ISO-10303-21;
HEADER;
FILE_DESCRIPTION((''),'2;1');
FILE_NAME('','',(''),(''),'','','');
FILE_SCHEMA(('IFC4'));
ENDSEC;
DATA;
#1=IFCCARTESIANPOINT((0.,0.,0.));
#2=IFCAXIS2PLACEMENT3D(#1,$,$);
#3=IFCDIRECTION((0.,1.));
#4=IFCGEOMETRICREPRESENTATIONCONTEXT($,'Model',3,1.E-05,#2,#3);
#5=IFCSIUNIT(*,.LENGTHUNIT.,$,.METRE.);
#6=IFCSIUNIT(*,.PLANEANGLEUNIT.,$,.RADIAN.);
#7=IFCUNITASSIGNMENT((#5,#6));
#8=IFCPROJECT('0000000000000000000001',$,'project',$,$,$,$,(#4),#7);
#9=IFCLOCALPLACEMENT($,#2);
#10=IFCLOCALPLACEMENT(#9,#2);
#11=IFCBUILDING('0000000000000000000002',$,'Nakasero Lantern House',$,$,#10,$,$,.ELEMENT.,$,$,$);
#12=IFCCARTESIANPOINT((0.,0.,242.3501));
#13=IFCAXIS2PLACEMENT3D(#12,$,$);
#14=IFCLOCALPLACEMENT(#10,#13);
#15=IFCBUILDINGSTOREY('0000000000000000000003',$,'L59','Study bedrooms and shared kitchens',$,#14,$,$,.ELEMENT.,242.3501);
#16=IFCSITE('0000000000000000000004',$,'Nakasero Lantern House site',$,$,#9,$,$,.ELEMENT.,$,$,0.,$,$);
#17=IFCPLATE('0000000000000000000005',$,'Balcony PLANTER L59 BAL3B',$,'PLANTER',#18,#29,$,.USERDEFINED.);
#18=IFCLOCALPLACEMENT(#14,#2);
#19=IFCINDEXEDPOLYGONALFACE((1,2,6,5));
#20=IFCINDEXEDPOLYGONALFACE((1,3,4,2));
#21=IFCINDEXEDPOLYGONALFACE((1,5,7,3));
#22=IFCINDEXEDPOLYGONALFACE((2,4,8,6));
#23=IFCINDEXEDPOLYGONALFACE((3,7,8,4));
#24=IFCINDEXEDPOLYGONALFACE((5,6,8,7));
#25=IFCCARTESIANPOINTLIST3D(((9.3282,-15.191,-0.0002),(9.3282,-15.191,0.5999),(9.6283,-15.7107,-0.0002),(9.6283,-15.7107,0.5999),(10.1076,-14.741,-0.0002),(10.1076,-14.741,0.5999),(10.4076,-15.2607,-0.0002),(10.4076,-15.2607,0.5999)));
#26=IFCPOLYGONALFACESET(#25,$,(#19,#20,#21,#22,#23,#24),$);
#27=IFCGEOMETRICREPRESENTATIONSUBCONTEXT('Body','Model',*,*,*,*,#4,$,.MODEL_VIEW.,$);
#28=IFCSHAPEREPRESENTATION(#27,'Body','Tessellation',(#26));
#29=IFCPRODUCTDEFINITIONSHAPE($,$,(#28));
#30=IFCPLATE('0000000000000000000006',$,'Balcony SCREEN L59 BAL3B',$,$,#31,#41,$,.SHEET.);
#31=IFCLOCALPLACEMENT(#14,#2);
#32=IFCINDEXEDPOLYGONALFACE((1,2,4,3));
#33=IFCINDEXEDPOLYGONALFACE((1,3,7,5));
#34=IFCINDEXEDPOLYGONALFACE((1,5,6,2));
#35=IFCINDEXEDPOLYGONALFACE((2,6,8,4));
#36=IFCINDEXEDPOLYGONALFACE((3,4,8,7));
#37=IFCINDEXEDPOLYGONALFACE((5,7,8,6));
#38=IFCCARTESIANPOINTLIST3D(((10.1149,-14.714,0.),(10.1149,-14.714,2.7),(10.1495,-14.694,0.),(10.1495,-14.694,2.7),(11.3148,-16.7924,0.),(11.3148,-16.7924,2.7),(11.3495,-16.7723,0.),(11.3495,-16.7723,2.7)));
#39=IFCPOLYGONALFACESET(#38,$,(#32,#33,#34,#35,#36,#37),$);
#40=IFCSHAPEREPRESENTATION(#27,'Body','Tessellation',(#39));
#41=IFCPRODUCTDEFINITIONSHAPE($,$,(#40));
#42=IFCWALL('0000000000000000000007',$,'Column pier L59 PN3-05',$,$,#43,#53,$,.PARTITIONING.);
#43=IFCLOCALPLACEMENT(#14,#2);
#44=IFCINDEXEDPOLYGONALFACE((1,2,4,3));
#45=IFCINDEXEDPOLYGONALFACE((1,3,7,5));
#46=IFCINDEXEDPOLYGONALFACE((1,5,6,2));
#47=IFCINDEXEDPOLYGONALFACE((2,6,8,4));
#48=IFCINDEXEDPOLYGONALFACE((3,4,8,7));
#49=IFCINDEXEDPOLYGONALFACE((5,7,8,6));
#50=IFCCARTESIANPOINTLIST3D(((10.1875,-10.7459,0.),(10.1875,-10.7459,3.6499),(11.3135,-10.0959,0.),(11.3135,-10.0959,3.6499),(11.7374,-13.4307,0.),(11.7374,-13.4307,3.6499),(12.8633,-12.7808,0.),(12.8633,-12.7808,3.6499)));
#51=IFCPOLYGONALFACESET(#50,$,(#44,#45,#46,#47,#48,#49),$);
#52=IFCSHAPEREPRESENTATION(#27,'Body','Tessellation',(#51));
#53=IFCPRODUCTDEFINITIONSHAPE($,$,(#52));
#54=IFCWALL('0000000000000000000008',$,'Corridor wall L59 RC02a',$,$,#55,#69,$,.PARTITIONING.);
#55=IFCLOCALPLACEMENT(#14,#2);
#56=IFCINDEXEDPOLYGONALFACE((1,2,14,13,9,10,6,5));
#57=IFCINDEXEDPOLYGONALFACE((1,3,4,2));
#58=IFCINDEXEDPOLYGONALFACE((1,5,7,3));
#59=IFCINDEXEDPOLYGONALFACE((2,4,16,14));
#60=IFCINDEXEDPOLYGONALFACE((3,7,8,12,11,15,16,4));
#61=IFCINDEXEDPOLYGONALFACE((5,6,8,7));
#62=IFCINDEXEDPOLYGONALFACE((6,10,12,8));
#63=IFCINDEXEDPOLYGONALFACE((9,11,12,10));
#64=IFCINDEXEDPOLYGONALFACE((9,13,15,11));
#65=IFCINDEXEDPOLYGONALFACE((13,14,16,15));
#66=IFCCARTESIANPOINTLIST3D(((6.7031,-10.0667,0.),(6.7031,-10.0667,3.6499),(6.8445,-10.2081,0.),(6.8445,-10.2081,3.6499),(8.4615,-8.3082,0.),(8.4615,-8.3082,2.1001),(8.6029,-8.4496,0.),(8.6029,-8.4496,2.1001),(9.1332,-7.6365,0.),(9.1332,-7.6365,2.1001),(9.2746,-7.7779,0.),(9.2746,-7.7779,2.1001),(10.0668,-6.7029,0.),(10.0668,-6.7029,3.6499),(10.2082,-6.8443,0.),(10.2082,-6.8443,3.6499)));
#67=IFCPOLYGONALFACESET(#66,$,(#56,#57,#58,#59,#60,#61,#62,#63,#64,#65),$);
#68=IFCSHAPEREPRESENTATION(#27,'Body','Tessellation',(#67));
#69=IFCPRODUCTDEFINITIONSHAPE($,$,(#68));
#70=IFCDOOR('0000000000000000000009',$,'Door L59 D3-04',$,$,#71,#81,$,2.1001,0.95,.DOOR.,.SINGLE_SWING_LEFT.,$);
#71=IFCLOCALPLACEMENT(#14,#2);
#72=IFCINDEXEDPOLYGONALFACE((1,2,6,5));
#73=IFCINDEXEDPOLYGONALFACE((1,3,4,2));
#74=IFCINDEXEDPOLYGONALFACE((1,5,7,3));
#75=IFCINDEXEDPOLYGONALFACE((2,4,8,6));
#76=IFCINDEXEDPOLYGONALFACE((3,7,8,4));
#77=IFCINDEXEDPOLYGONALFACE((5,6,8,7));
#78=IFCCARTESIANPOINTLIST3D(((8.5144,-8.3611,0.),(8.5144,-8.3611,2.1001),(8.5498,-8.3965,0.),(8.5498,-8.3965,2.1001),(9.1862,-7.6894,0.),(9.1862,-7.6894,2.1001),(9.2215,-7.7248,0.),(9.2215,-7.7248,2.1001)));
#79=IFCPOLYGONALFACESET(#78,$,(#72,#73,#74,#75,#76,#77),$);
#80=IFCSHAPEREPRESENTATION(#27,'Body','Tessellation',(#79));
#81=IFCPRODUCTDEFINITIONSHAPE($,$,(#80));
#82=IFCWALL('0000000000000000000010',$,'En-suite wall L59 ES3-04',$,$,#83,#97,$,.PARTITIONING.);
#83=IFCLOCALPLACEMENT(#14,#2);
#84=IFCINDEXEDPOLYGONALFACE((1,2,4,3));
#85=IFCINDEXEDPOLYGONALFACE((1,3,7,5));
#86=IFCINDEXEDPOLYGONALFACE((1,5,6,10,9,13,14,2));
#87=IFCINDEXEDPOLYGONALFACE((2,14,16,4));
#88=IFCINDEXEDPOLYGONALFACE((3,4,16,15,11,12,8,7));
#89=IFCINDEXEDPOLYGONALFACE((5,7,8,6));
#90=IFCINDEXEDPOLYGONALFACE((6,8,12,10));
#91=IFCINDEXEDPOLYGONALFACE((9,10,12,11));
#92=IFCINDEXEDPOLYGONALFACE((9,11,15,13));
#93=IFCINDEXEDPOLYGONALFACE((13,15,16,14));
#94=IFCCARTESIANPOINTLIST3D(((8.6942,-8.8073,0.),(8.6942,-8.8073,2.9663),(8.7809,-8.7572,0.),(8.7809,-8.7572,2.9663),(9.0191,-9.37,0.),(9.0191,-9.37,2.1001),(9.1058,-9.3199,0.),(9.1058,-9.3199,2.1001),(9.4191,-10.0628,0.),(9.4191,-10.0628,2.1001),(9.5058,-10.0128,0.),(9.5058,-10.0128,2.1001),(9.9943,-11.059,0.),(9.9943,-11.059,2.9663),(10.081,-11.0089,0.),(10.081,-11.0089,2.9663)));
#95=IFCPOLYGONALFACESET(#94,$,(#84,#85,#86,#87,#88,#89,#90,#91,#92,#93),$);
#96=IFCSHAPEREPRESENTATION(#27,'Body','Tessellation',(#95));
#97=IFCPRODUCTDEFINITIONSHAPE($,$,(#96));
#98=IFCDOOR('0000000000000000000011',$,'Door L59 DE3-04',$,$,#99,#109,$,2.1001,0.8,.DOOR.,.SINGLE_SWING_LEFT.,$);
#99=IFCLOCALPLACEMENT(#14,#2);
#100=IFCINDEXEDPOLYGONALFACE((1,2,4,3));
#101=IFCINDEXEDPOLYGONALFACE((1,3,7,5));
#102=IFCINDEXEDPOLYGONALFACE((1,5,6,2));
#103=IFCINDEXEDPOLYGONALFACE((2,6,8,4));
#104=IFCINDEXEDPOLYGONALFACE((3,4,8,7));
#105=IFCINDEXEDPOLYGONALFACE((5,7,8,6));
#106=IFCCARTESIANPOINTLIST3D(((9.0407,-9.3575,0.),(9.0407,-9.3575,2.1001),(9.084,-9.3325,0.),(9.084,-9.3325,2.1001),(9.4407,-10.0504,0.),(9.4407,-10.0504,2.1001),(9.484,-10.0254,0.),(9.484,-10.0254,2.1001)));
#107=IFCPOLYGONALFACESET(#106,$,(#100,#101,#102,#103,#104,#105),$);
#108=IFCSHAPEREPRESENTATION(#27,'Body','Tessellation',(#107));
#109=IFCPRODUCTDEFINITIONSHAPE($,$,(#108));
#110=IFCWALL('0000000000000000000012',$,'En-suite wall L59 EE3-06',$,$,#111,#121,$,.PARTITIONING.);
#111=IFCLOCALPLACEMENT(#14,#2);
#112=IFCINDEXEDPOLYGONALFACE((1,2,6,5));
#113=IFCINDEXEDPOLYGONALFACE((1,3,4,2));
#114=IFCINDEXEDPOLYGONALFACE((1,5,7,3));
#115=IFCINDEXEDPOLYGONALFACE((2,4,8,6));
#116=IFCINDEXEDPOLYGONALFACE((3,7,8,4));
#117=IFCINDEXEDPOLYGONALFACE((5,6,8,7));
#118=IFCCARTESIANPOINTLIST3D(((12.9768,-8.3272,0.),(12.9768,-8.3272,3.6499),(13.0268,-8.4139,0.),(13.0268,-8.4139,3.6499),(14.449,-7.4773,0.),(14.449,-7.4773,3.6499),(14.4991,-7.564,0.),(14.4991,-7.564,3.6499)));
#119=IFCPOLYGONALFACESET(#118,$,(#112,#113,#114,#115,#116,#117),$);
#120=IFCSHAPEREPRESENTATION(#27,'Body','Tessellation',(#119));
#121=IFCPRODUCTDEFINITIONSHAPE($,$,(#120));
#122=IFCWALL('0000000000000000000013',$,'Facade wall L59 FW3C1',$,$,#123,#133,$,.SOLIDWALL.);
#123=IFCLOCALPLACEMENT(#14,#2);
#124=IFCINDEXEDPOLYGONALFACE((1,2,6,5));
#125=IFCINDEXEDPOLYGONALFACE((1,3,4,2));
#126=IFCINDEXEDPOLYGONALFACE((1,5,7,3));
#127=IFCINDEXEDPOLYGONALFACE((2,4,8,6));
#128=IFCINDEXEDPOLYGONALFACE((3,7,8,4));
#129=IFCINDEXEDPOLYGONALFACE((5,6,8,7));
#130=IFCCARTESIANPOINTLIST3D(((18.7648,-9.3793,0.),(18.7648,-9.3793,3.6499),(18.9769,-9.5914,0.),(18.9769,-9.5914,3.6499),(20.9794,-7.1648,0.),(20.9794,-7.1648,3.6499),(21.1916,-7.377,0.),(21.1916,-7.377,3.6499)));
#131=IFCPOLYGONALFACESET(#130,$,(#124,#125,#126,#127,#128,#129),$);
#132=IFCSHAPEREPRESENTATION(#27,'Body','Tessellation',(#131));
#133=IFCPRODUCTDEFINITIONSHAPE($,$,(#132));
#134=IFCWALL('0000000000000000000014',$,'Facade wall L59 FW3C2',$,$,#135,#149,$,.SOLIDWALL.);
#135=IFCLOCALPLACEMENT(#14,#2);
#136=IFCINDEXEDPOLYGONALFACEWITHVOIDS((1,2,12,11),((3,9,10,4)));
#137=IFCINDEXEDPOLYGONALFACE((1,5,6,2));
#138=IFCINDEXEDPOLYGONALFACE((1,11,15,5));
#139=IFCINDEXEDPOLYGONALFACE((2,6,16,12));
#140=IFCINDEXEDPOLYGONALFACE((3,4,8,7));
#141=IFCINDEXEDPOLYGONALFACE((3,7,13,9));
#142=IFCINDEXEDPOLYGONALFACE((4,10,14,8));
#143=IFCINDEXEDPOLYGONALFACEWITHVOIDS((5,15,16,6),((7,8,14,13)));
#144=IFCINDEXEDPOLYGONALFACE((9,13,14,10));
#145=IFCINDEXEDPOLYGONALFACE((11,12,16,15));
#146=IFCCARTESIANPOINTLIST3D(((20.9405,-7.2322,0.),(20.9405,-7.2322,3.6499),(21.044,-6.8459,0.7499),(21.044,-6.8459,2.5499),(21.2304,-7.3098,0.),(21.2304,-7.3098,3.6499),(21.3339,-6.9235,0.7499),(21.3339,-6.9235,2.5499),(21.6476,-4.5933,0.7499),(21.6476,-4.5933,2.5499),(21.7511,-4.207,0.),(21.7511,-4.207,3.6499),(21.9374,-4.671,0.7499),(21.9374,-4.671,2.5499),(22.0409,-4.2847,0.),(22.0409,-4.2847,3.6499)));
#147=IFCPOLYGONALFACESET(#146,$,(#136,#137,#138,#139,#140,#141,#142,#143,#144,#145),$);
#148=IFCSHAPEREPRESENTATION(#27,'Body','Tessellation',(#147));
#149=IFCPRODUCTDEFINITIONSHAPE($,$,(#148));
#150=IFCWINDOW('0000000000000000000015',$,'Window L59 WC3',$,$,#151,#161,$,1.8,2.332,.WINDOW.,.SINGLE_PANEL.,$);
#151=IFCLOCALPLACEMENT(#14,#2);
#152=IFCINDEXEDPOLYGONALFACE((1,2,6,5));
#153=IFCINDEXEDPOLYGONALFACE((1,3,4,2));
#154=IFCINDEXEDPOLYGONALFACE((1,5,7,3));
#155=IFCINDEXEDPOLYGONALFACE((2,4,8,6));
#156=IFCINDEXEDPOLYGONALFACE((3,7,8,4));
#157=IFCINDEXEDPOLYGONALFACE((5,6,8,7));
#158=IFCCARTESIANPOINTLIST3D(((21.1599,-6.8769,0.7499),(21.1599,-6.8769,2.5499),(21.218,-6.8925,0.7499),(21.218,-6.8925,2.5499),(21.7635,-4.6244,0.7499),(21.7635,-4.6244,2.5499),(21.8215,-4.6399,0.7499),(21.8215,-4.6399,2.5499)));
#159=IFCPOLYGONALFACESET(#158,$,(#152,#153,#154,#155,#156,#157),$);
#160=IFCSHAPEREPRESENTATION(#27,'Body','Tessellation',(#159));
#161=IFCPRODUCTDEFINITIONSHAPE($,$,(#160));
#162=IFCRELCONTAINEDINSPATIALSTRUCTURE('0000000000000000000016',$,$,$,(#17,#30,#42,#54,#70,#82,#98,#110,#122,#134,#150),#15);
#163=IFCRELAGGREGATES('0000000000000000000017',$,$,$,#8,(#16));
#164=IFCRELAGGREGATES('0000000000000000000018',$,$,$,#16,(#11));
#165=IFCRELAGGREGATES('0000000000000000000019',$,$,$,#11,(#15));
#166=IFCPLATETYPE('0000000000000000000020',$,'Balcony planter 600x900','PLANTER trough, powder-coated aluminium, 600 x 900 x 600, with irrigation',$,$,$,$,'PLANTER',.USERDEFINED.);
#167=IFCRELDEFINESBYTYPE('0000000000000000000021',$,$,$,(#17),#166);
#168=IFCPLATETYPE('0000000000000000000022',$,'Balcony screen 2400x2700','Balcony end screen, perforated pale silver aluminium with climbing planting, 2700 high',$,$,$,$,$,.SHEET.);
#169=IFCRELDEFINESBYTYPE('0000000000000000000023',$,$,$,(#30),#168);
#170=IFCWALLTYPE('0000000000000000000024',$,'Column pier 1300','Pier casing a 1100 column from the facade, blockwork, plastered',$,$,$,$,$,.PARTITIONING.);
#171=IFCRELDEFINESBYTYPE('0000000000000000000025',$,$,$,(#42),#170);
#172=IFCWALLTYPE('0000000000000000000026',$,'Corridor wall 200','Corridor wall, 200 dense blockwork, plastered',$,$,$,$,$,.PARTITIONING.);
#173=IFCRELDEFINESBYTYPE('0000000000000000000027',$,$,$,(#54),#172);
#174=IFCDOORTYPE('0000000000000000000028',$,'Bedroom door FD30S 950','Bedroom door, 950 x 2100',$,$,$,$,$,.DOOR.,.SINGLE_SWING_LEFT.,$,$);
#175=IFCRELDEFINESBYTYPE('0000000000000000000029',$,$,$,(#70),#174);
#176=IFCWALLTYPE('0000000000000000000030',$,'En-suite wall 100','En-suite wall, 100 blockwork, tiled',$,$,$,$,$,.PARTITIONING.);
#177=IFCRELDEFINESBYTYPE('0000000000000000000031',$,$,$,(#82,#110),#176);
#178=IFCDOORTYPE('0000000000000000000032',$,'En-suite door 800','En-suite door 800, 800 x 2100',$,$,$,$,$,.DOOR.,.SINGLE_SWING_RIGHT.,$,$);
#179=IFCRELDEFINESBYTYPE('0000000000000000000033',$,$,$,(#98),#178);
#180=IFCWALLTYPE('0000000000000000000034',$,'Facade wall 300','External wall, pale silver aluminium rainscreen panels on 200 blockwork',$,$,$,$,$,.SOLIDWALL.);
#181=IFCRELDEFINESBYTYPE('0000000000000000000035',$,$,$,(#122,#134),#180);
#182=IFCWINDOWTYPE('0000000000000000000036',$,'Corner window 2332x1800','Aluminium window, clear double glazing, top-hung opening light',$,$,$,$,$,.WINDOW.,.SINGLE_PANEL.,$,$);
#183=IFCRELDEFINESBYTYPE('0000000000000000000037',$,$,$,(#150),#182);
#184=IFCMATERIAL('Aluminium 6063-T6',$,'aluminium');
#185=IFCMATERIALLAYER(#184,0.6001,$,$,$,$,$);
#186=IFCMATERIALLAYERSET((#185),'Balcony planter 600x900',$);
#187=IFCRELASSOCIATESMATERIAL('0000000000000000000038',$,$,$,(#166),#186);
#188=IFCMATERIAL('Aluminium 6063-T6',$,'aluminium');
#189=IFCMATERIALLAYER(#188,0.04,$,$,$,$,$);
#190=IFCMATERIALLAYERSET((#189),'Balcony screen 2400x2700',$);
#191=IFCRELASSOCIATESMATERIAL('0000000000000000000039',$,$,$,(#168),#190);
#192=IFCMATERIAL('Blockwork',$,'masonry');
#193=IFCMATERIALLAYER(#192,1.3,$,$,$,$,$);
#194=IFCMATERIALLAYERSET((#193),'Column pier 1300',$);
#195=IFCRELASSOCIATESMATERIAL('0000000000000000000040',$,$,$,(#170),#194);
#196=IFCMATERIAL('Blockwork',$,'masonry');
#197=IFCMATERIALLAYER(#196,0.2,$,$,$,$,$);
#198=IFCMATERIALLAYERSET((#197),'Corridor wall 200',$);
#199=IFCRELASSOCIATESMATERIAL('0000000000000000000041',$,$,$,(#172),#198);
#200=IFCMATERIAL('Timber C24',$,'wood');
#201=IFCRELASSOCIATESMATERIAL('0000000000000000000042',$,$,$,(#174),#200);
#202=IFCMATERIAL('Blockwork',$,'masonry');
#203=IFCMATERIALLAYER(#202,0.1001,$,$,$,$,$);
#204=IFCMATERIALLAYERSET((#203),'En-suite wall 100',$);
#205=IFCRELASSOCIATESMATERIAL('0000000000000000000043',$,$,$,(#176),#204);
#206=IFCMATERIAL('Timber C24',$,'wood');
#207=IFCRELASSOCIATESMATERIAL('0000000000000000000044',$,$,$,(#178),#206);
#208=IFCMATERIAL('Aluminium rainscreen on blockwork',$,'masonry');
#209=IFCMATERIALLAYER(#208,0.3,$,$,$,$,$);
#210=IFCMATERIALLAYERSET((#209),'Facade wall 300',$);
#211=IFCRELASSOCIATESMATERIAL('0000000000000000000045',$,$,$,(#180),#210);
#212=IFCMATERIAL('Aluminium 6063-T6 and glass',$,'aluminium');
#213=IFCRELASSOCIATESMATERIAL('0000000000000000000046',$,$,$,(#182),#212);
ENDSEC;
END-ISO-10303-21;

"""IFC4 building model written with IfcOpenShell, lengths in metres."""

from ifc_helpers import new_model, si_unit, direction, frame, frame_2d, origin, origin_2d, place, context, subcontext, project, spatial, rectangle, extrude, material, layer, layer_set, type_object, element, fill, save


model = new_model("IFC4")

# Units and contexts
model_context = context("Model", 3, precision=1e-05, world=origin(), true_north=direction((0.0, 1.0)))
body_context = subcontext(model_context, "Body", "Model", "MODEL_VIEW")
ifc_project = project(units=[si_unit("LENGTHUNIT", "METRE"), si_unit("PLANEANGLEUNIT", "RADIAN")], contexts=[model_context])

# Site, building, storey
site_placement = place(None, origin())
site = spatial("IfcSite", under=ifc_project, at=site_placement, Name="Nakasero Lantern House site", CompositionType="ELEMENT", RefElevation=0.0)
building_placement = place(site_placement, origin())
building = spatial("IfcBuilding", under=site, at=building_placement, Name="Nakasero Lantern House", CompositionType="ELEMENT")
storey_placement = place(building_placement, frame((0.0, 0.0, 242.3501)))
storey = spatial("IfcBuildingStorey", under=building, at=storey_placement, Name="L59", Description="Study bedrooms and shared kitchens", CompositionType="ELEMENT", Elevation=242.3501)

# Plates
ifc_material_1 = material(Name="Aluminium 6063-T6", Category="aluminium")
ifc_layer_1 = layer(ifc_material_1, 0.6001)
ifc_layer_set_1 = layer_set([ifc_layer_1], Name="Balcony planter 600x900")
plate_type_1 = type_object("IfcPlateType", Name="Balcony planter 600x900", Description="PLANTER trough, powder-coated aluminium, 600 x 900 x 600, with irrigation", ElementType="PLANTER", PredefinedType="USERDEFINED", material=ifc_layer_set_1)
plate_1_placement = place(storey_placement, frame((9.8679, -15.2258, -0.0002), z_axis=(0.0, 0.0, 1.0), x_axis=(0.5, -0.866025, 0.0)))
element("IfcPlate", 1, at=plate_1_placement, inside=storey, type_object=plate_type_1, Name="Balcony PLANTER L59 BAL3B", ObjectType="PLANTER", PredefinedType="USERDEFINED", context=body_context, shape_type="SweptSolid", body=[
    extrude(rectangle(XDim=0.6001, YDim=0.8999, at=origin_2d()), origin(), (0.0, 0.0, 1.0), 0.6001),
])
ifc_material_2 = material(Name="Aluminium 6063-T6", Category="aluminium")
ifc_layer_2 = layer(ifc_material_2, 0.04)
ifc_layer_set_2 = layer_set([ifc_layer_2], Name="Balcony screen 2400x2700")
plate_type_2 = type_object("IfcPlateType", Name="Balcony screen 2400x2700", Description="Balcony end screen, perforated pale silver aluminium with climbing planting, 2700 high", PredefinedType="SHEET", material=ifc_layer_set_2)
plate_2_placement = place(storey_placement, frame((10.7322, -15.7432, 0.0), z_axis=(0.0, 0.0, 1.0), x_axis=(0.5, -0.866025, 0.0)))
element("IfcPlate", 2, at=plate_2_placement, inside=storey, type_object=plate_type_2, Name="Balcony SCREEN L59 BAL3B", PredefinedType="SHEET", context=body_context, shape_type="SweptSolid", body=[
    extrude(rectangle(XDim=2.3999, YDim=0.04, at=origin_2d()), origin(), (0.0, 0.0, 1.0), 2.7),
])

# Wall
ifc_material_3 = material(Name="Blockwork", Category="masonry")
ifc_layer_3 = layer(ifc_material_3, 1.3)
ifc_layer_set_3 = layer_set([ifc_layer_3], Name="Column pier 1300")
wall_type_1 = type_object("IfcWallType", Name="Column pier 1300", Description="Pier casing a 1100 column from the facade, blockwork, plastered", PredefinedType="PARTITIONING", material=ifc_layer_set_3)
wall_1_placement = place(storey_placement, frame((10.7505, -10.4209, 0.0), z_axis=(0.0, 0.0, 1.0), x_axis=(0.499934, -0.866064, 0.0)))
element("IfcWall", 3, at=wall_1_placement, inside=storey, type_object=wall_type_1, Name="Column pier L59 PN3-05", PredefinedType="PARTITIONING", context=body_context, shape_type="SweptSolid", body=[
    extrude(rectangle(XDim=3.1001, YDim=1.3, at=frame_2d((1.55, 0.0))), origin(), (0.0, 0.0, 1.0), 3.6499),
])

# Walls, openings, doors
ifc_material_4 = material(Name="Blockwork", Category="masonry")
ifc_layer_4 = layer(ifc_material_4, 0.2)
ifc_layer_set_4 = layer_set([ifc_layer_4], Name="Corridor wall 200")
wall_type_2 = type_object("IfcWallType", Name="Corridor wall 200", Description="Corridor wall, 200 dense blockwork, plastered", PredefinedType="PARTITIONING", material=ifc_layer_set_4)
wall_2_placement = place(storey_placement, frame((10.1375, -6.7737, 0.0), z_axis=(0.0, 0.0, 1.0), x_axis=(-0.707107, -0.707107, 0.0)))
wall_2 = element("IfcWall", 4, at=wall_2_placement, inside=storey, type_object=wall_type_2, Name="Corridor wall L59 RC02a", PredefinedType="PARTITIONING", context=body_context, shape_type="SweptSolid", body=[
    extrude(rectangle(XDim=4.7571, YDim=0.2, at=frame_2d((2.3784, 0.0))), origin(), (0.0, 0.0, 1.0), 3.6499),
])
opening_1_placement = place(wall_2_placement, frame((1.3201, 0.0, 0.0)))
opening_1 = element("IfcOpeningElement", 5, at=opening_1_placement, cuts=wall_2, PredefinedType="OPENING", context=body_context, shape_type="SweptSolid", body=[
    extrude(rectangle(XDim=0.95, YDim=2.1001, at=frame_2d((0.4751, 1.05))), frame((0.0, 0.1199, 0.0), z_axis=(0.0, -1.0, 0.0), x_axis=(1.0, 0.0, 0.0)), (0.0, 0.0, 1.0), 0.24),
])
ifc_material_5 = material(Name="Timber C24", Category="wood")
door_type_1 = type_object("IfcDoorType", Name="Bedroom door FD30S 950", Description="Bedroom door, 950 x 2100", OperationType="SINGLE_SWING_LEFT", PredefinedType="DOOR", material=ifc_material_5)
door_1_placement = place(opening_1_placement, origin())
door_1 = element("IfcDoor", 6, at=door_1_placement, inside=storey, type_object=door_type_1, Name="Door L59 D3-04", OperationType="SINGLE_SWING_LEFT", OverallHeight=2.1001, OverallWidth=0.95, PredefinedType="DOOR", context=body_context, shape_type="SweptSolid", body=[
    extrude(rectangle(XDim=0.95, YDim=2.1001, at=frame_2d((0.4751, 1.05))), frame((0.0, 0.0249, 0.0), z_axis=(0.0, -1.0, 0.0), x_axis=(1.0, 0.0, 0.0)), (0.0, 0.0, 1.0), 0.05),
])
fill(opening_1, door_1)
ifc_material_6 = material(Name="Blockwork", Category="masonry")
ifc_layer_5 = layer(ifc_material_6, 0.1001)
ifc_layer_set_5 = layer_set([ifc_layer_5], Name="En-suite wall 100")
wall_type_3 = type_object("IfcWallType", Name="En-suite wall 100", Description="En-suite wall, 100 blockwork, tiled", PredefinedType="PARTITIONING", material=ifc_layer_set_5)
wall_3_placement = place(storey_placement, frame((8.7375, -8.7822, 0.0), z_axis=(0.0, 0.0, 1.0), x_axis=(0.500007, -0.866021, 0.0)))
wall_3 = element("IfcWall", 7, at=wall_3_placement, inside=storey, type_object=wall_type_3, Name="En-suite wall L59 ES3-04", PredefinedType="PARTITIONING", context=body_context, shape_type="SweptSolid", body=[
    extrude(rectangle(XDim=2.6001, YDim=0.1001, at=frame_2d((1.3, 0.0))), origin(), (0.0, 0.0, 1.0), 2.9663),
])
opening_2_placement = place(wall_3_placement, frame((0.6499, 0.0, 0.0)))
opening_2 = element("IfcOpeningElement", 8, at=opening_2_placement, cuts=wall_3, PredefinedType="OPENING", context=body_context, shape_type="SweptSolid", body=[
    extrude(rectangle(XDim=0.8, YDim=2.1001, at=frame_2d((0.3999, 1.05))), frame((0.0, 0.0701, 0.0), z_axis=(0.0, -1.0, 0.0), x_axis=(1.0, 0.0, 0.0)), (0.0, 0.0, 1.0), 0.1401),
])
ifc_material_7 = material(Name="Timber C24", Category="wood")
door_type_2 = type_object("IfcDoorType", Name="En-suite door 800", Description="En-suite door 800, 800 x 2100", OperationType="SINGLE_SWING_RIGHT", PredefinedType="DOOR", material=ifc_material_7)
door_2_placement = place(opening_2_placement, origin())
door_2 = element("IfcDoor", 9, at=door_2_placement, inside=storey, type_object=door_type_2, Name="Door L59 DE3-04", OperationType="SINGLE_SWING_LEFT", OverallHeight=2.1001, OverallWidth=0.8, PredefinedType="DOOR", context=body_context, shape_type="SweptSolid", body=[
    extrude(rectangle(XDim=0.8, YDim=2.1001, at=frame_2d((0.3999, 1.05))), frame((0.0, 0.0249, 0.0), z_axis=(0.0, -1.0, 0.0), x_axis=(1.0, 0.0, 0.0)), (0.0, 0.0, 1.0), 0.05),
])
fill(opening_2, door_2)

# Walls
wall_4_placement = place(storey_placement, frame((13.0017, -8.3706, 0.0), z_axis=(0.0, 0.0, 1.0), x_axis=(0.866052, 0.499955, 0.0)))
element("IfcWall", 10, at=wall_4_placement, inside=storey, type_object=wall_type_3, Name="En-suite wall L59 EE3-06", PredefinedType="PARTITIONING", context=body_context, shape_type="SweptSolid", body=[
    extrude(rectangle(XDim=1.7, YDim=0.1001, at=frame_2d((0.8501, 0.0))), origin(), (0.0, 0.0, 1.0), 3.6499),
])
ifc_material_8 = material(Name="Aluminium rainscreen on blockwork", Category="masonry")
ifc_layer_6 = layer(ifc_material_8, 0.3)
ifc_layer_set_6 = layer_set([ifc_layer_6], Name="Facade wall 300")
wall_type_4 = type_object("IfcWallType", Name="Facade wall 300", Description="External wall, pale silver aluminium rainscreen panels on 200 blockwork", PredefinedType="SOLIDWALL", material=ifc_layer_set_6)
wall_5_placement = place(storey_placement, frame((18.8708, -9.4854, 0.0), z_axis=(0.0, 0.0, 1.0), x_axis=(0.707146, 0.707068, 0.0)))
element("IfcWall", 11, at=wall_5_placement, inside=storey, type_object=wall_type_4, Name="Facade wall L59 FW3C1", PredefinedType="SOLIDWALL", context=body_context, shape_type="SweptSolid", body=[
    extrude(rectangle(XDim=3.1318, YDim=0.3, at=frame_2d((1.5659, 0.0))), origin(), (0.0, 0.0, 1.0), 3.6499),
])

# Wall, opening, window
wall_6_placement = place(storey_placement, frame((21.0854, -7.271, 0.0), z_axis=(0.0, 0.0, 1.0), x_axis=(0.258808, 0.965929, 0.0)))
wall_6 = element("IfcWall", 12, at=wall_6_placement, inside=storey, type_object=wall_type_4, Name="Facade wall L59 FW3C2", PredefinedType="SOLIDWALL", context=body_context, shape_type="SweptSolid", body=[
    extrude(rectangle(XDim=3.1318, YDim=0.3, at=frame_2d((1.5659, 0.0))), origin(), (0.0, 0.0, 1.0), 3.6499),
])
opening_3_placement = place(wall_6_placement, frame((0.3999, 0.0, 0.75)))
opening_3 = element("IfcOpeningElement", 13, at=opening_3_placement, cuts=wall_6, PredefinedType="OPENING", context=body_context, shape_type="SweptSolid", body=[
    extrude(rectangle(XDim=2.332, YDim=1.8, at=frame_2d((1.166, 0.8999))), frame((0.0, 0.1699, 0.0), z_axis=(0.0, -1.0, 0.0), x_axis=(1.0, 0.0, 0.0)), (0.0, 0.0, 1.0), 0.3401),
])
ifc_material_9 = material(Name="Aluminium 6063-T6 and glass", Category="aluminium")
window_type = type_object("IfcWindowType", Name="Corner window 2332x1800", Description="Aluminium window, clear double glazing, top-hung opening light", PartitioningType="SINGLE_PANEL", PredefinedType="WINDOW", material=ifc_material_9)
window_placement = place(opening_3_placement, origin())
window = element("IfcWindow", 14, at=window_placement, inside=storey, type_object=window_type, Name="Window L59 WC3", OverallHeight=1.8, OverallWidth=2.332, PartitioningType="SINGLE_PANEL", PredefinedType="WINDOW", context=body_context, shape_type="SweptSolid", body=[
    extrude(rectangle(XDim=2.332, YDim=1.8, at=frame_2d((1.166, 0.8999))), frame((0.0, 0.03, 0.0), z_axis=(0.0, -1.0, 0.0), x_axis=(1.0, 0.0, 0.0)), (0.0, 0.0, 1.0), 0.0601),
])
fill(opening_3, window)

save(model, "model.ifc")
